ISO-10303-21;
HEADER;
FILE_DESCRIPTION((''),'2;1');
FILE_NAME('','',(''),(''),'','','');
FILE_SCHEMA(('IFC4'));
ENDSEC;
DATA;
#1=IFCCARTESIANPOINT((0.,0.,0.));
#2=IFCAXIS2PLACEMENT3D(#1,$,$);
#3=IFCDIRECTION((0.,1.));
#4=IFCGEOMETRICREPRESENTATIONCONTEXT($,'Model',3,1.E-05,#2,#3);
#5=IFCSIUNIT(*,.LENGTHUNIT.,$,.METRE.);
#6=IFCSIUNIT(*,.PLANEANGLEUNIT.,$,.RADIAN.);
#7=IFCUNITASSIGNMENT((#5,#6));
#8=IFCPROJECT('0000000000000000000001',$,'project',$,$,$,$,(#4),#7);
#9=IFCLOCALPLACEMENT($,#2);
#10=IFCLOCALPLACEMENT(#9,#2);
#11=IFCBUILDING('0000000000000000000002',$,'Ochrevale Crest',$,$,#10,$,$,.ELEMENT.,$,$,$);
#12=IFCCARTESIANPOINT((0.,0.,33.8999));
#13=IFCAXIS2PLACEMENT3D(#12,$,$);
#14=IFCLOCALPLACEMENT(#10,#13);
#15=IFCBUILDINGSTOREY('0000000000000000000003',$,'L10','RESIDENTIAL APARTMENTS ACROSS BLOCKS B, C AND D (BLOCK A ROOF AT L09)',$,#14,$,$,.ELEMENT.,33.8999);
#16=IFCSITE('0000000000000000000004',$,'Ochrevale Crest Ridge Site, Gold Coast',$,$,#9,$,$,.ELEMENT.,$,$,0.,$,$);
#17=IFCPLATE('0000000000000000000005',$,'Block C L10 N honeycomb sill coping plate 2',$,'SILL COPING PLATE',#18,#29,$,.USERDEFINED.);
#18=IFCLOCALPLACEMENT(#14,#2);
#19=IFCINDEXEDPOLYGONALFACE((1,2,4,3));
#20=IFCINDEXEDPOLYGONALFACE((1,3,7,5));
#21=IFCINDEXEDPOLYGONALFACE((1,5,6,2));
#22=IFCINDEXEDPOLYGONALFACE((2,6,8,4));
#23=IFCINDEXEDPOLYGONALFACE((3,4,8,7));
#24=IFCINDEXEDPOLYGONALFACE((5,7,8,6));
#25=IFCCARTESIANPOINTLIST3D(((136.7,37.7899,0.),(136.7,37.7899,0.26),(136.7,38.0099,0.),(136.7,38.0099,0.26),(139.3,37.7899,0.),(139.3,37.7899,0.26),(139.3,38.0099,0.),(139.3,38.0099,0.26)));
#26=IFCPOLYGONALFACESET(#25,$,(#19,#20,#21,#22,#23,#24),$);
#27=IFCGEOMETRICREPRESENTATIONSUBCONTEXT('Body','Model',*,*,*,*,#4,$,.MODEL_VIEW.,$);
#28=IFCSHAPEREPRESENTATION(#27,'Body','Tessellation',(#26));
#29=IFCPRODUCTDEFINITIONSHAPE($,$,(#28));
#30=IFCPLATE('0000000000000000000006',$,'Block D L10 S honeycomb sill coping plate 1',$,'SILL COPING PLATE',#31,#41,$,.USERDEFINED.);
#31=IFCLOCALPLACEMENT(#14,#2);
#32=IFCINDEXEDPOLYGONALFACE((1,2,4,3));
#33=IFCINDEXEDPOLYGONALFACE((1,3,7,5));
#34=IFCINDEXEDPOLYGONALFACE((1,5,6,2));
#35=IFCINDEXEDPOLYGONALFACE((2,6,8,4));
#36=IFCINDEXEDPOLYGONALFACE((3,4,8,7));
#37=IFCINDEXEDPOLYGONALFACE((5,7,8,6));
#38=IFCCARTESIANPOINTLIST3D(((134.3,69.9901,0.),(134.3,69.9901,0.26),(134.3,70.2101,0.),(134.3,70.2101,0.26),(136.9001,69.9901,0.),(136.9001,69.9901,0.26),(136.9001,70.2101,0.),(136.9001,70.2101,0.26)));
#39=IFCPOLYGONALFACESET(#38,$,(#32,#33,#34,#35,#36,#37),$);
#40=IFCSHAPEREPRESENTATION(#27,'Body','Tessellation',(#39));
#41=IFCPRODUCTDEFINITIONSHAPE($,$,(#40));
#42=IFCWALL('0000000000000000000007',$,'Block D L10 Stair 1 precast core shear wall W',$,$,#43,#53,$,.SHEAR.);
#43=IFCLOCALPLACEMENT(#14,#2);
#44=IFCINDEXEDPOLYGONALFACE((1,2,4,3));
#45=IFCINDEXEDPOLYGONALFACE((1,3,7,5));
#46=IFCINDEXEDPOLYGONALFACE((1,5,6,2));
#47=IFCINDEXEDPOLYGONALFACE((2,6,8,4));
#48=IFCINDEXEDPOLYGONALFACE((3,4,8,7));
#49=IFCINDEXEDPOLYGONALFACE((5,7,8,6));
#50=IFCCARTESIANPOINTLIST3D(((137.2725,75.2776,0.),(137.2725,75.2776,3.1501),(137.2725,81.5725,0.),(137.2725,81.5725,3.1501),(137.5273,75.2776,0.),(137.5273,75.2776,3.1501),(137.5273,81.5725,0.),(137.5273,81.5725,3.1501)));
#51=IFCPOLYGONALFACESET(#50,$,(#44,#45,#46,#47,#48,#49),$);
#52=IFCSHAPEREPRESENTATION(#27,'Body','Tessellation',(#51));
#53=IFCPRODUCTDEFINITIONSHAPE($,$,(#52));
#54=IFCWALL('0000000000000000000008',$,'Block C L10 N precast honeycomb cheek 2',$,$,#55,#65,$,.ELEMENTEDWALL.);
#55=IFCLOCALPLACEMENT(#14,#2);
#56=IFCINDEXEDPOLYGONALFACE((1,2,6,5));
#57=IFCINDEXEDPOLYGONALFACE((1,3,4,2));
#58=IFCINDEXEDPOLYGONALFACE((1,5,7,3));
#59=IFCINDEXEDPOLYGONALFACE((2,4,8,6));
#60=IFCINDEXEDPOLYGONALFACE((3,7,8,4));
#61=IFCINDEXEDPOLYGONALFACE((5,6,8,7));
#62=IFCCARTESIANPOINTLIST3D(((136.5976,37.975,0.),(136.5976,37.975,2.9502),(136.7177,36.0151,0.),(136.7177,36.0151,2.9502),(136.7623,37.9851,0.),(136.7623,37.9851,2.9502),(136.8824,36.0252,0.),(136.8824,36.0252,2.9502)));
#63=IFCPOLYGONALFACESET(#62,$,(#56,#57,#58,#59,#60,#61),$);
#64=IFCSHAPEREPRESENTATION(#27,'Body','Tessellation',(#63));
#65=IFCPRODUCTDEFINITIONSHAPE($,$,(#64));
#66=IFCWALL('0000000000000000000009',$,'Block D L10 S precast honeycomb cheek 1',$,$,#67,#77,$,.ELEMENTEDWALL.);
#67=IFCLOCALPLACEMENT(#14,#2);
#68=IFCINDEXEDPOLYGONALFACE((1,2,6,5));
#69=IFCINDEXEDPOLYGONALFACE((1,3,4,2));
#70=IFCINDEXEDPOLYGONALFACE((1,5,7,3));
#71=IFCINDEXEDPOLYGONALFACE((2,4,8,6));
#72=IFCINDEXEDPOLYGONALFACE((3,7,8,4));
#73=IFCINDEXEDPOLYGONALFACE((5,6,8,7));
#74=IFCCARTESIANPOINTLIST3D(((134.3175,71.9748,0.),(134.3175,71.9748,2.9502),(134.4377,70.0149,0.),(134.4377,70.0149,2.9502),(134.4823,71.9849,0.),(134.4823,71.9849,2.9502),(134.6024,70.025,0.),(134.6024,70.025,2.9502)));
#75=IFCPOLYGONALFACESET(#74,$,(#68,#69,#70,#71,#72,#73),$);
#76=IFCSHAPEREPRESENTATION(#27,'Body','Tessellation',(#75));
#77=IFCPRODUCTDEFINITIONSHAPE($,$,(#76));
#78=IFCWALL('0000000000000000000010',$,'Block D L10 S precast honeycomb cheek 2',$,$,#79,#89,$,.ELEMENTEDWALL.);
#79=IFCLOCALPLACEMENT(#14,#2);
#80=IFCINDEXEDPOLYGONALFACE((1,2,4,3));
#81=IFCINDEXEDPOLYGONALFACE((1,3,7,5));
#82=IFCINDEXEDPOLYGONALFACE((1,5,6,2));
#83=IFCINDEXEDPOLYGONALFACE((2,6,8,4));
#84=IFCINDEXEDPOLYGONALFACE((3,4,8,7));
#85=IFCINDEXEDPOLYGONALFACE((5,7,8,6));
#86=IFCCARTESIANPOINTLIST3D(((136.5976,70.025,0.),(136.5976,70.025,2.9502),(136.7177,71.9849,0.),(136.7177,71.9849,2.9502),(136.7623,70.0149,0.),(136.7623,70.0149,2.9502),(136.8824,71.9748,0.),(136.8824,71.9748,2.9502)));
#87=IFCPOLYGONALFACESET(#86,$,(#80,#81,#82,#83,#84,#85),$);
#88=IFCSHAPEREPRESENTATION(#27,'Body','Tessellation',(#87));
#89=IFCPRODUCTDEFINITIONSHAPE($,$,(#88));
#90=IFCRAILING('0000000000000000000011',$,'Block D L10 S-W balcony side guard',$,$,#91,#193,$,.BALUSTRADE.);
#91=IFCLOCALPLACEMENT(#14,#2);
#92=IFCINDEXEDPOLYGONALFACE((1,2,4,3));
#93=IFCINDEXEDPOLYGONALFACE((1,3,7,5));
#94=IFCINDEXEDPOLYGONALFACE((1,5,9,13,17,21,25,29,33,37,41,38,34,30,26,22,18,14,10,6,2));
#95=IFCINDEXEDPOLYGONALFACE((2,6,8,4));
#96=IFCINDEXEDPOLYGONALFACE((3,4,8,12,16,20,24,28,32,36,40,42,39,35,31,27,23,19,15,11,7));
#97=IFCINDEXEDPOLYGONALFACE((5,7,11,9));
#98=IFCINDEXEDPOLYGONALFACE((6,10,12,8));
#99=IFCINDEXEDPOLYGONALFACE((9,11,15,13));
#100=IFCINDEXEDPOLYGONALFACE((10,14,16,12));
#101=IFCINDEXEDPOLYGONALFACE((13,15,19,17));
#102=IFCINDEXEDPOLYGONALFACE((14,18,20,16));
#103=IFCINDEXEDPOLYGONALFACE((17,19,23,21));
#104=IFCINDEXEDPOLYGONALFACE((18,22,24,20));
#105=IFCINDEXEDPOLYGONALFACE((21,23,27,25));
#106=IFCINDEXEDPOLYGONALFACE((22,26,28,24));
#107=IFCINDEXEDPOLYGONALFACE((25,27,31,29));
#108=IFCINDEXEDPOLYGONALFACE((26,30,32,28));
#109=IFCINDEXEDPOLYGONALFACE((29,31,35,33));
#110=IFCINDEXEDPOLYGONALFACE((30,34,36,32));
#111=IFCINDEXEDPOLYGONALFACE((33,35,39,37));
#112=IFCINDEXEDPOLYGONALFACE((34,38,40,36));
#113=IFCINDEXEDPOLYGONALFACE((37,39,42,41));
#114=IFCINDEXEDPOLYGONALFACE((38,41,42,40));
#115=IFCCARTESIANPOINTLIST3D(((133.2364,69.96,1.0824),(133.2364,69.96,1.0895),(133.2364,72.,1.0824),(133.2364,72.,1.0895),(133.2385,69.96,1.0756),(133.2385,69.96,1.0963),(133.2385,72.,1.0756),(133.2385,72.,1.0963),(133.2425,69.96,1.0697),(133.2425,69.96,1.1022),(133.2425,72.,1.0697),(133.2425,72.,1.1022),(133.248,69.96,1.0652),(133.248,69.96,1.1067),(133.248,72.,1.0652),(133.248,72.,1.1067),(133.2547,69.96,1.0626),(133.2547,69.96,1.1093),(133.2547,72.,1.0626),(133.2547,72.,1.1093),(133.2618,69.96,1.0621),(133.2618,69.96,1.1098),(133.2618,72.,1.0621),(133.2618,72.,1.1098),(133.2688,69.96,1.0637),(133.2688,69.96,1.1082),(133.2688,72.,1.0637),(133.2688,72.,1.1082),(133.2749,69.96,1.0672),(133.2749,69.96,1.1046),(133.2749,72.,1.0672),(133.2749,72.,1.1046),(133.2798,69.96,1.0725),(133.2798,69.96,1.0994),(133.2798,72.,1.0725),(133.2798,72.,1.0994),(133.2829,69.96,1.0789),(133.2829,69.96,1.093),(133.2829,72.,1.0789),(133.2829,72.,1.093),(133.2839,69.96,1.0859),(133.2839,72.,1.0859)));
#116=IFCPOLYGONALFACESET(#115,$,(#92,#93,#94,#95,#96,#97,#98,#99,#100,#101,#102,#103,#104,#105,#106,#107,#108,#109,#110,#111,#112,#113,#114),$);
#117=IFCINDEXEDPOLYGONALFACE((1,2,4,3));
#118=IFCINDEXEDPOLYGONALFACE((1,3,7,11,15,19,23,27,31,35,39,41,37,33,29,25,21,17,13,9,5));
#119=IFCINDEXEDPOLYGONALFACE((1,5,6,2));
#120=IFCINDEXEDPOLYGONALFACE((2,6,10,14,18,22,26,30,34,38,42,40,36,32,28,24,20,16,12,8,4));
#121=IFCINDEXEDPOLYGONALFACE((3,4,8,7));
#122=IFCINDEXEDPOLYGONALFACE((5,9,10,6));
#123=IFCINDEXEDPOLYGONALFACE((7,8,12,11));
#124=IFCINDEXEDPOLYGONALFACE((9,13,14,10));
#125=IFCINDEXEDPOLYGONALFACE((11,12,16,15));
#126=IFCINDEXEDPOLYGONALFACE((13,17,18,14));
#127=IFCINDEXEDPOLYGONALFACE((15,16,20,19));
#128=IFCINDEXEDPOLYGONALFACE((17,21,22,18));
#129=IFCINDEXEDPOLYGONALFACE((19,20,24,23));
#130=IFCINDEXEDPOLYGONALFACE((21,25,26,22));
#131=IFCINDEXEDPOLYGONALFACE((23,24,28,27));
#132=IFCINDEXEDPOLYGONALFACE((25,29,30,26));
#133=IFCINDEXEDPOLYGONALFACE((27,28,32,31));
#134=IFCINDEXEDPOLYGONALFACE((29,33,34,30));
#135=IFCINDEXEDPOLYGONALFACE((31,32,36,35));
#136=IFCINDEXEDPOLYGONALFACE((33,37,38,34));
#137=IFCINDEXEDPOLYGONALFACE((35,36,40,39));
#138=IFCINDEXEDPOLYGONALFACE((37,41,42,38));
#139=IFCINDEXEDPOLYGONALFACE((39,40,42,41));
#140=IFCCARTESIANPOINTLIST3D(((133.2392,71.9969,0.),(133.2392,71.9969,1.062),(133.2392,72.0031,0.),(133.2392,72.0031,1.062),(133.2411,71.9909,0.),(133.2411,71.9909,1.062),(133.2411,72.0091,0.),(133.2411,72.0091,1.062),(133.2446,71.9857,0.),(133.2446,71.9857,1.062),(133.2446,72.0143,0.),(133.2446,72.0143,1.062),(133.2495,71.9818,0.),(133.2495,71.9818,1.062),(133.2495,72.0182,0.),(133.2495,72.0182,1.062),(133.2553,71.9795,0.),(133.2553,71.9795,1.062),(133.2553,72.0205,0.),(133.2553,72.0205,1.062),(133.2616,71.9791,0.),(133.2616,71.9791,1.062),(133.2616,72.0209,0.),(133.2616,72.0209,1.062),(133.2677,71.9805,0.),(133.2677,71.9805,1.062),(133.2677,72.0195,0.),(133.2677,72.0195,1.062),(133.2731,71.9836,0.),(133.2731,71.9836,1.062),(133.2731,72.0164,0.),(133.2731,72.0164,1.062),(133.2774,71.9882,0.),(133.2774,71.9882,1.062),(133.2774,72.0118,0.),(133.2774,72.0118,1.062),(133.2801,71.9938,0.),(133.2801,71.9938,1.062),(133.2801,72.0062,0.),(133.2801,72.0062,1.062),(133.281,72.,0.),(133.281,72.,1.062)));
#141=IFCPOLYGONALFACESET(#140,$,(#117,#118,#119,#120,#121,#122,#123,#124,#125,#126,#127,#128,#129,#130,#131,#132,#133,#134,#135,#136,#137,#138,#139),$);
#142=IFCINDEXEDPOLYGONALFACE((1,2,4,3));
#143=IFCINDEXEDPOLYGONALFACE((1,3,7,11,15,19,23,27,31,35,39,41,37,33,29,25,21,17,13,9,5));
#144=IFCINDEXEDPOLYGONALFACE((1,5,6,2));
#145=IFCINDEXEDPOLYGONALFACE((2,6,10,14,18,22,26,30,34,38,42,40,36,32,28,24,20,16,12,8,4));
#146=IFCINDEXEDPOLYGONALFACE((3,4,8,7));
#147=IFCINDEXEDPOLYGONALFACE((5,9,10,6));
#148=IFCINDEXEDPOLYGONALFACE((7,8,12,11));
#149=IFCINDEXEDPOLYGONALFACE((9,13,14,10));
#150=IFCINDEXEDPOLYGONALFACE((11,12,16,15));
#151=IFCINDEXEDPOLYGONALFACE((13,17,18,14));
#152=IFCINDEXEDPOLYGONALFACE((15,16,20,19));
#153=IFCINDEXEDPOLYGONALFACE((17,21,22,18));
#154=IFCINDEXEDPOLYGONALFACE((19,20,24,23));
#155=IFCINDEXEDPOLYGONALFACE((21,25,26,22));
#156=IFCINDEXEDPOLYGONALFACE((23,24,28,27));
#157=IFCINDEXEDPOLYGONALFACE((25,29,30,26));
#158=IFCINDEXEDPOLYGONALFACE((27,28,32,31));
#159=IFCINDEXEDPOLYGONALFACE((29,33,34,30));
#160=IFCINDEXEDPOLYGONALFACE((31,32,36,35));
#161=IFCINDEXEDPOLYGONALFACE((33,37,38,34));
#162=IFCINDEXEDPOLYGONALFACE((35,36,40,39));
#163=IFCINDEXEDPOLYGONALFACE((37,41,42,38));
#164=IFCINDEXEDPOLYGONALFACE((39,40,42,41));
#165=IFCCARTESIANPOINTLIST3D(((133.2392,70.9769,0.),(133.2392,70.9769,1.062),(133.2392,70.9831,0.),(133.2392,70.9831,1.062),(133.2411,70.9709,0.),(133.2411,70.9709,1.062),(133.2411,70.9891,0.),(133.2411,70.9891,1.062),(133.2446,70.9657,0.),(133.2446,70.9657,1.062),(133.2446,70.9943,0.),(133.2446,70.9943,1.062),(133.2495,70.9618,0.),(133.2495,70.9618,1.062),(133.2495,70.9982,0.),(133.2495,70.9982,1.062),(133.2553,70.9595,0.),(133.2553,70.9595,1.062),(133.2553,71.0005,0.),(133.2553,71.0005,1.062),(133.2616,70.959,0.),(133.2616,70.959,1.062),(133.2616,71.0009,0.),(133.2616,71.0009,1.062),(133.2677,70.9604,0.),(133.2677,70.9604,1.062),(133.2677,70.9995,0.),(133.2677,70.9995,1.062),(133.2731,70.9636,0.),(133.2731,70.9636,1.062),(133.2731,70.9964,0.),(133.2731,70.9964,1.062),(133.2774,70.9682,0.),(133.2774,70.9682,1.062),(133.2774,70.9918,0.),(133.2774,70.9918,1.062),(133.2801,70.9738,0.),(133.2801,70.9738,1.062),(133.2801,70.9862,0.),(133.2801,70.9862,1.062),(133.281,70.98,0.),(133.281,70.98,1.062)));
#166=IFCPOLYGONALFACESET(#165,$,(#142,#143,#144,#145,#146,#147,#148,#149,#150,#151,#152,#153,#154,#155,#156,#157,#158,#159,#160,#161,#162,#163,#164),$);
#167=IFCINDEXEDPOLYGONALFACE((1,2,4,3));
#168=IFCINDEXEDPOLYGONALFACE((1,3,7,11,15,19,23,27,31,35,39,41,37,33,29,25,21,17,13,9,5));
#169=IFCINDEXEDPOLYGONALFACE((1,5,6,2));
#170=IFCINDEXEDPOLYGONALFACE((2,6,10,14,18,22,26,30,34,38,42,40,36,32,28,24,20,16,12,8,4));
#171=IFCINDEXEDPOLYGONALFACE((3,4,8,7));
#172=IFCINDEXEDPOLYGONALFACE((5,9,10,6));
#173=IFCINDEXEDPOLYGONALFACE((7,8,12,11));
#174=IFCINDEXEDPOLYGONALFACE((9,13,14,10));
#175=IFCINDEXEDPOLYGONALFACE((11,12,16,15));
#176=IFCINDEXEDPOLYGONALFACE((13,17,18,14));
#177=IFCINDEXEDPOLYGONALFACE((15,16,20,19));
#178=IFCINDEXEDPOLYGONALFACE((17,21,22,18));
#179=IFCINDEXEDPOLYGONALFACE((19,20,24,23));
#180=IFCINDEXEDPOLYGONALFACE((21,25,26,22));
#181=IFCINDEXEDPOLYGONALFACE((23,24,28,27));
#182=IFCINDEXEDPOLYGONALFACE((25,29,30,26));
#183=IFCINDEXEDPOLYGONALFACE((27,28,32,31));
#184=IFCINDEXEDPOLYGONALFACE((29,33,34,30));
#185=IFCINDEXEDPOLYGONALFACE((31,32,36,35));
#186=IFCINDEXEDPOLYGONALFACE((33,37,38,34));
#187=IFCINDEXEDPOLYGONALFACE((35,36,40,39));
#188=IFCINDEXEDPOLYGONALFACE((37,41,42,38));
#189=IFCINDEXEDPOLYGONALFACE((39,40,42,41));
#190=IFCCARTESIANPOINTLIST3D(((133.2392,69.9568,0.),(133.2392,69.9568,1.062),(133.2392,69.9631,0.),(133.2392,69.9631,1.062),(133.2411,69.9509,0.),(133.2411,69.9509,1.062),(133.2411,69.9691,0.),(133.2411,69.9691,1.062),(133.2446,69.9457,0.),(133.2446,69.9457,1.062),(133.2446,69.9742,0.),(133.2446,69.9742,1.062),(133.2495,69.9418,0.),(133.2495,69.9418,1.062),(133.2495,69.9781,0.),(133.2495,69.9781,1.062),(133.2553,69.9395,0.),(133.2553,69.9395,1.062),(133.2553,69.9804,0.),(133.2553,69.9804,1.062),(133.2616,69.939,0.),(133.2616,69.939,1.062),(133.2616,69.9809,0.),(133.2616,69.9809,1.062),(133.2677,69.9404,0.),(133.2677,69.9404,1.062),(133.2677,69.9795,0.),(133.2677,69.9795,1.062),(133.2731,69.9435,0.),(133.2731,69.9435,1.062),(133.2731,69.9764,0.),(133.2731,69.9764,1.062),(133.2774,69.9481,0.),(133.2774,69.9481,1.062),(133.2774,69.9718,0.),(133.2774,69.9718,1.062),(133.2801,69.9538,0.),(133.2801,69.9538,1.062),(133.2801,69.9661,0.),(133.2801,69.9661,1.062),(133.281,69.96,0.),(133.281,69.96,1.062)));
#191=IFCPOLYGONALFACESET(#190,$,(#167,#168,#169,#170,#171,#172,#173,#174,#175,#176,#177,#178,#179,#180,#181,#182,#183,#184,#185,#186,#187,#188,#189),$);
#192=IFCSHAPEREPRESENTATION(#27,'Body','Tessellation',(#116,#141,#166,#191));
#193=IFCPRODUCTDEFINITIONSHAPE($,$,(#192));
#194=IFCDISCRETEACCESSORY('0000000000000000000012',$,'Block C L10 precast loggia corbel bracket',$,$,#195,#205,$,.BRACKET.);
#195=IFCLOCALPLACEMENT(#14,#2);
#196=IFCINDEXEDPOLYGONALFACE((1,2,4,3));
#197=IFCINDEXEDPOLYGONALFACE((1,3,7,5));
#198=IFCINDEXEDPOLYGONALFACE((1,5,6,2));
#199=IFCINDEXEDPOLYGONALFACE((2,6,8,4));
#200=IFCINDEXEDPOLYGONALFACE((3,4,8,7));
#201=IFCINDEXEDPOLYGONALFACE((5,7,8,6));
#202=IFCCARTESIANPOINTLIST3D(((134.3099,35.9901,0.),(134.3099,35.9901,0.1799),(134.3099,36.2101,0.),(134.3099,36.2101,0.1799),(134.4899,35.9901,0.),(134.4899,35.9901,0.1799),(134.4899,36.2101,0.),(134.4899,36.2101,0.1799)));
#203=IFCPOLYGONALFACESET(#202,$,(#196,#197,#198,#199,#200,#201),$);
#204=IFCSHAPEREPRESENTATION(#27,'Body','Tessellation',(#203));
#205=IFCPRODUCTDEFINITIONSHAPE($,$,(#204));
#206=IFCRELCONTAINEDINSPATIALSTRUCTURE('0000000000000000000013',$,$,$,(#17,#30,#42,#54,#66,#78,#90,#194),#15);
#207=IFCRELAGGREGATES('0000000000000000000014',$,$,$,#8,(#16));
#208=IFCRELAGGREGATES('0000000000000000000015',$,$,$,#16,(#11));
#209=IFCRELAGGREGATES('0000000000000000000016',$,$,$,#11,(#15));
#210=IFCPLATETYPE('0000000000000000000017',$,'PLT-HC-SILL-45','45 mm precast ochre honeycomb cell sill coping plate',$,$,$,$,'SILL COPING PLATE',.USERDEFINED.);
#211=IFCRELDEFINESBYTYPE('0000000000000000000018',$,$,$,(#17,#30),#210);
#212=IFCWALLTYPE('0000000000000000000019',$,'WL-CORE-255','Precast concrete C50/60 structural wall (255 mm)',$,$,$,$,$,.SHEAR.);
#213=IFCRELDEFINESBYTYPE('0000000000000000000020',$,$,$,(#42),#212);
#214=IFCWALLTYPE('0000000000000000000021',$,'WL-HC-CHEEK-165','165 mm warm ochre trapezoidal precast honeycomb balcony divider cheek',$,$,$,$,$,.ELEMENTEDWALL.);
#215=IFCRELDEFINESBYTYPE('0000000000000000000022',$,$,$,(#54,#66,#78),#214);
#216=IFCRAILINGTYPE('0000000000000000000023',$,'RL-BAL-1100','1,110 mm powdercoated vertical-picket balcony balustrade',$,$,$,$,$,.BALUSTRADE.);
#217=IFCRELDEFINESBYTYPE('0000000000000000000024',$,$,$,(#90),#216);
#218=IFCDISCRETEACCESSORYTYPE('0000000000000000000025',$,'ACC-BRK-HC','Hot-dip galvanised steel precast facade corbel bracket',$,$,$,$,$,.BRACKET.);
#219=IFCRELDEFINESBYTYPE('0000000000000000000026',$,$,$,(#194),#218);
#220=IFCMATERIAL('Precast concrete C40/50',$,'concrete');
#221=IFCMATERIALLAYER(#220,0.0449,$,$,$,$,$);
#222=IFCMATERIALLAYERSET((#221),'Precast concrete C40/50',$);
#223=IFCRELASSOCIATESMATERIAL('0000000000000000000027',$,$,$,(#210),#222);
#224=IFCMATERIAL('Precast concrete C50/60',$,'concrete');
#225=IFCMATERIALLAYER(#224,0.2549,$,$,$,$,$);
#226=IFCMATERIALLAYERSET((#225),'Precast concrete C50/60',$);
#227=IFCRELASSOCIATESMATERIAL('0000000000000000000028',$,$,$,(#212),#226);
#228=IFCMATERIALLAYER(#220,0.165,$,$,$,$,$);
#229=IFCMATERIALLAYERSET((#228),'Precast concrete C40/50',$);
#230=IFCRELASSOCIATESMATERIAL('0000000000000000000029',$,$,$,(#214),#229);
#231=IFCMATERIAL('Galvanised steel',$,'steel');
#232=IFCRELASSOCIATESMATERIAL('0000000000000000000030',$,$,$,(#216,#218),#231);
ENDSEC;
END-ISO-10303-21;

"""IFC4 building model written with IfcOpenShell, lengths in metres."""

from ifc_helpers import new_model, si_unit, direction, frame, frame_2d, origin, origin_2d, place, context, subcontext, project, spatial, rectangle, circle, extrude, material, layer, layer_set, type_object, element, save


model = new_model("IFC4")

# Units and contexts
model_context = context("Model", 3, precision=1e-05, world=origin(), true_north=direction((0.0, 1.0)))
body_context = subcontext(model_context, "Body", "Model", "MODEL_VIEW")
ifc_project = project(units=[si_unit("LENGTHUNIT", "METRE"), si_unit("PLANEANGLEUNIT", "RADIAN")], contexts=[model_context])

# Site, building, storey
site_placement = place(None, origin())
site = spatial("IfcSite", under=ifc_project, at=site_placement, Name="Ochrevale Crest Ridge Site, Gold Coast", CompositionType="ELEMENT", RefElevation=0.0)
building_placement = place(site_placement, origin())
building = spatial("IfcBuilding", under=site, at=building_placement, Name="Ochrevale Crest", CompositionType="ELEMENT")
storey_placement = place(building_placement, frame((0.0, 0.0, 33.8999)))
storey = spatial("IfcBuildingStorey", under=building, at=storey_placement, Name="L10", Description="RESIDENTIAL APARTMENTS ACROSS BLOCKS B, C AND D (BLOCK A ROOF AT L09)", CompositionType="ELEMENT", Elevation=33.8999)

# Shared definitions
ifc_material_1 = material(Name="Precast concrete C40/50", Category="concrete")
ifc_material_2 = material(Name="Precast concrete C50/60", Category="concrete")

# Plates
ifc_layer_1 = layer(ifc_material_1, 0.0449)
ifc_layer_set_1 = layer_set([ifc_layer_1], Name="Precast concrete C40/50")
plate_type_1 = type_object("IfcPlateType", Name="PLT-HC-SILL-45", Description="45 mm precast ochre honeycomb cell sill coping plate", ElementType="SILL COPING PLATE", PredefinedType="USERDEFINED", material=ifc_layer_set_1)
for number, where, z_axis, x_axis, name in (
    (1, (138.0, 37.8999, 0.0), (0.0, 0.0, 1.0), (1.0, 0.0, 0.0), "Block C L10 N honeycomb sill coping plate 2"),
    (2, (135.6001, 70.1001, 0.0), (0.0, 0.0, 1.0), (1.0, 0.0, 0.0), "Block D L10 S honeycomb sill coping plate 1"),
):
    element("IfcPlate", number, at=place(storey_placement, frame(where, z_axis=z_axis, x_axis=x_axis)), inside=storey, type_object=plate_type_1, Name=name, ObjectType="SILL COPING PLATE", PredefinedType="USERDEFINED", context=body_context, shape_type="SweptSolid", body=[
        extrude(rectangle(XDim=2.6001, YDim=0.22, at=origin_2d()), origin(), (0.0, 0.0, 1.0), 0.26),
    ])

# Wall
ifc_layer_2 = layer(ifc_material_2, 0.2549)
ifc_layer_set_2 = layer_set([ifc_layer_2], Name="Precast concrete C50/60")
wall_type_1 = type_object("IfcWallType", Name="WL-CORE-255", Description="Precast concrete C50/60 structural wall (255 mm)", PredefinedType="SHEAR", material=ifc_layer_set_2)
wall_1_placement = place(storey_placement, frame((137.3999, 75.2776, 0.0), z_axis=(0.0, 0.0, 1.0), x_axis=(0.0, 1.0, 0.0)))
element("IfcWall", 3, at=wall_1_placement, inside=storey, type_object=wall_type_1, Name="Block D L10 Stair 1 precast core shear wall W", PredefinedType="SHEAR", context=body_context, shape_type="SweptSolid", body=[
    extrude(rectangle(XDim=6.2949, YDim=0.2549, at=frame_2d((3.1475, 0.0))), origin(), (0.0, 0.0, 1.0), 3.1501),
])

# Walls
ifc_layer_3 = layer(ifc_material_1, 0.165)
ifc_layer_set_3 = layer_set([ifc_layer_3], Name="Precast concrete C40/50")
wall_type_2 = type_object("IfcWallType", Name="WL-HC-CHEEK-165", Description="165 mm warm ochre trapezoidal precast honeycomb balcony divider cheek", PredefinedType="ELEMENTEDWALL", material=ifc_layer_set_3)
for number, where, z_axis, x_axis, name in (
    (4, (136.8, 36.02, 0.0), (0.0, 0.0, 1.0), (-0.061171, 0.998127, 0.0), "Block C L10 N precast honeycomb cheek 2"),
    (5, (134.3999, 71.98, 0.0), (0.0, 0.0, 1.0), (0.061171, -0.998127, 0.0), "Block D L10 S precast honeycomb cheek 1"),
    (6, (136.8, 71.98, 0.0), (0.0, 0.0, 1.0), (-0.061171, -0.998127, 0.0), "Block D L10 S precast honeycomb cheek 2"),
):
    element("IfcWall", number, at=place(storey_placement, frame(where, z_axis=z_axis, x_axis=x_axis)), inside=storey, type_object=wall_type_2, Name=name, PredefinedType="ELEMENTEDWALL", context=body_context, shape_type="SweptSolid", body=[
        extrude(rectangle(XDim=1.9636, YDim=0.165, at=frame_2d((0.9819, 0.0))), origin(), (0.0, 0.0, 1.0), 2.9502),
    ])

# Railing
ifc_material_3 = material(Name="Galvanised steel", Category="steel")
railing_type = type_object("IfcRailingType", Name="RL-BAL-1100", Description="1,110 mm powdercoated vertical-picket balcony balustrade", PredefinedType="BALUSTRADE", material=ifc_material_3)
railing_1_placement = place(storey_placement, frame((133.26, 72.0, 0.0)))
element("IfcRailing", 7, at=railing_1_placement, inside=storey, type_object=railing_type, Name="Block D L10 S-W balcony side guard", PredefinedType="BALUSTRADE", context=body_context, shape_type="SweptSolid", body=[
    extrude(circle(Radius=0.0239, at=origin_2d()), frame((0.0, 0.0, 1.0859), z_axis=(0.0, -1.0, 0.0), x_axis=(1.0, 0.0, 0.0)), (0.0, 0.0, 1.0), 2.04),
    extrude(circle(Radius=0.021, at=origin_2d()), origin(), (0.0, 0.0, 1.0), 1.062),
    extrude(circle(Radius=0.021, at=origin_2d()), frame((0.0, -1.02, 0.0)), (0.0, 0.0, 1.0), 1.062),
    extrude(circle(Radius=0.021, at=origin_2d()), frame((0.0, -2.04, 0.0)), (0.0, 0.0, 1.0), 1.062),
])

# Discrete accessory
discrete_accessory_type = type_object("IfcDiscreteAccessoryType", Name="ACC-BRK-HC", Description="Hot-dip galvanised steel precast facade corbel bracket", PredefinedType="BRACKET", material=ifc_material_3)
for number, where, z_axis, x_axis, name in (
    (8, (134.3999, 36.1001, 0.0), (0.0, 0.0, 1.0), (1.0, 0.0, 0.0), "Block C L10 precast loggia corbel bracket"),
):
    element("IfcDiscreteAccessory", number, at=place(storey_placement, frame(where, z_axis=z_axis, x_axis=x_axis)), inside=storey, type_object=discrete_accessory_type, Name=name, PredefinedType="BRACKET", context=body_context, shape_type="SweptSolid", body=[
        extrude(rectangle(XDim=0.1799, YDim=0.22, at=origin_2d()), origin(), (0.0, 0.0, 1.0), 0.1799),
    ])

save(model, "model.ifc")
